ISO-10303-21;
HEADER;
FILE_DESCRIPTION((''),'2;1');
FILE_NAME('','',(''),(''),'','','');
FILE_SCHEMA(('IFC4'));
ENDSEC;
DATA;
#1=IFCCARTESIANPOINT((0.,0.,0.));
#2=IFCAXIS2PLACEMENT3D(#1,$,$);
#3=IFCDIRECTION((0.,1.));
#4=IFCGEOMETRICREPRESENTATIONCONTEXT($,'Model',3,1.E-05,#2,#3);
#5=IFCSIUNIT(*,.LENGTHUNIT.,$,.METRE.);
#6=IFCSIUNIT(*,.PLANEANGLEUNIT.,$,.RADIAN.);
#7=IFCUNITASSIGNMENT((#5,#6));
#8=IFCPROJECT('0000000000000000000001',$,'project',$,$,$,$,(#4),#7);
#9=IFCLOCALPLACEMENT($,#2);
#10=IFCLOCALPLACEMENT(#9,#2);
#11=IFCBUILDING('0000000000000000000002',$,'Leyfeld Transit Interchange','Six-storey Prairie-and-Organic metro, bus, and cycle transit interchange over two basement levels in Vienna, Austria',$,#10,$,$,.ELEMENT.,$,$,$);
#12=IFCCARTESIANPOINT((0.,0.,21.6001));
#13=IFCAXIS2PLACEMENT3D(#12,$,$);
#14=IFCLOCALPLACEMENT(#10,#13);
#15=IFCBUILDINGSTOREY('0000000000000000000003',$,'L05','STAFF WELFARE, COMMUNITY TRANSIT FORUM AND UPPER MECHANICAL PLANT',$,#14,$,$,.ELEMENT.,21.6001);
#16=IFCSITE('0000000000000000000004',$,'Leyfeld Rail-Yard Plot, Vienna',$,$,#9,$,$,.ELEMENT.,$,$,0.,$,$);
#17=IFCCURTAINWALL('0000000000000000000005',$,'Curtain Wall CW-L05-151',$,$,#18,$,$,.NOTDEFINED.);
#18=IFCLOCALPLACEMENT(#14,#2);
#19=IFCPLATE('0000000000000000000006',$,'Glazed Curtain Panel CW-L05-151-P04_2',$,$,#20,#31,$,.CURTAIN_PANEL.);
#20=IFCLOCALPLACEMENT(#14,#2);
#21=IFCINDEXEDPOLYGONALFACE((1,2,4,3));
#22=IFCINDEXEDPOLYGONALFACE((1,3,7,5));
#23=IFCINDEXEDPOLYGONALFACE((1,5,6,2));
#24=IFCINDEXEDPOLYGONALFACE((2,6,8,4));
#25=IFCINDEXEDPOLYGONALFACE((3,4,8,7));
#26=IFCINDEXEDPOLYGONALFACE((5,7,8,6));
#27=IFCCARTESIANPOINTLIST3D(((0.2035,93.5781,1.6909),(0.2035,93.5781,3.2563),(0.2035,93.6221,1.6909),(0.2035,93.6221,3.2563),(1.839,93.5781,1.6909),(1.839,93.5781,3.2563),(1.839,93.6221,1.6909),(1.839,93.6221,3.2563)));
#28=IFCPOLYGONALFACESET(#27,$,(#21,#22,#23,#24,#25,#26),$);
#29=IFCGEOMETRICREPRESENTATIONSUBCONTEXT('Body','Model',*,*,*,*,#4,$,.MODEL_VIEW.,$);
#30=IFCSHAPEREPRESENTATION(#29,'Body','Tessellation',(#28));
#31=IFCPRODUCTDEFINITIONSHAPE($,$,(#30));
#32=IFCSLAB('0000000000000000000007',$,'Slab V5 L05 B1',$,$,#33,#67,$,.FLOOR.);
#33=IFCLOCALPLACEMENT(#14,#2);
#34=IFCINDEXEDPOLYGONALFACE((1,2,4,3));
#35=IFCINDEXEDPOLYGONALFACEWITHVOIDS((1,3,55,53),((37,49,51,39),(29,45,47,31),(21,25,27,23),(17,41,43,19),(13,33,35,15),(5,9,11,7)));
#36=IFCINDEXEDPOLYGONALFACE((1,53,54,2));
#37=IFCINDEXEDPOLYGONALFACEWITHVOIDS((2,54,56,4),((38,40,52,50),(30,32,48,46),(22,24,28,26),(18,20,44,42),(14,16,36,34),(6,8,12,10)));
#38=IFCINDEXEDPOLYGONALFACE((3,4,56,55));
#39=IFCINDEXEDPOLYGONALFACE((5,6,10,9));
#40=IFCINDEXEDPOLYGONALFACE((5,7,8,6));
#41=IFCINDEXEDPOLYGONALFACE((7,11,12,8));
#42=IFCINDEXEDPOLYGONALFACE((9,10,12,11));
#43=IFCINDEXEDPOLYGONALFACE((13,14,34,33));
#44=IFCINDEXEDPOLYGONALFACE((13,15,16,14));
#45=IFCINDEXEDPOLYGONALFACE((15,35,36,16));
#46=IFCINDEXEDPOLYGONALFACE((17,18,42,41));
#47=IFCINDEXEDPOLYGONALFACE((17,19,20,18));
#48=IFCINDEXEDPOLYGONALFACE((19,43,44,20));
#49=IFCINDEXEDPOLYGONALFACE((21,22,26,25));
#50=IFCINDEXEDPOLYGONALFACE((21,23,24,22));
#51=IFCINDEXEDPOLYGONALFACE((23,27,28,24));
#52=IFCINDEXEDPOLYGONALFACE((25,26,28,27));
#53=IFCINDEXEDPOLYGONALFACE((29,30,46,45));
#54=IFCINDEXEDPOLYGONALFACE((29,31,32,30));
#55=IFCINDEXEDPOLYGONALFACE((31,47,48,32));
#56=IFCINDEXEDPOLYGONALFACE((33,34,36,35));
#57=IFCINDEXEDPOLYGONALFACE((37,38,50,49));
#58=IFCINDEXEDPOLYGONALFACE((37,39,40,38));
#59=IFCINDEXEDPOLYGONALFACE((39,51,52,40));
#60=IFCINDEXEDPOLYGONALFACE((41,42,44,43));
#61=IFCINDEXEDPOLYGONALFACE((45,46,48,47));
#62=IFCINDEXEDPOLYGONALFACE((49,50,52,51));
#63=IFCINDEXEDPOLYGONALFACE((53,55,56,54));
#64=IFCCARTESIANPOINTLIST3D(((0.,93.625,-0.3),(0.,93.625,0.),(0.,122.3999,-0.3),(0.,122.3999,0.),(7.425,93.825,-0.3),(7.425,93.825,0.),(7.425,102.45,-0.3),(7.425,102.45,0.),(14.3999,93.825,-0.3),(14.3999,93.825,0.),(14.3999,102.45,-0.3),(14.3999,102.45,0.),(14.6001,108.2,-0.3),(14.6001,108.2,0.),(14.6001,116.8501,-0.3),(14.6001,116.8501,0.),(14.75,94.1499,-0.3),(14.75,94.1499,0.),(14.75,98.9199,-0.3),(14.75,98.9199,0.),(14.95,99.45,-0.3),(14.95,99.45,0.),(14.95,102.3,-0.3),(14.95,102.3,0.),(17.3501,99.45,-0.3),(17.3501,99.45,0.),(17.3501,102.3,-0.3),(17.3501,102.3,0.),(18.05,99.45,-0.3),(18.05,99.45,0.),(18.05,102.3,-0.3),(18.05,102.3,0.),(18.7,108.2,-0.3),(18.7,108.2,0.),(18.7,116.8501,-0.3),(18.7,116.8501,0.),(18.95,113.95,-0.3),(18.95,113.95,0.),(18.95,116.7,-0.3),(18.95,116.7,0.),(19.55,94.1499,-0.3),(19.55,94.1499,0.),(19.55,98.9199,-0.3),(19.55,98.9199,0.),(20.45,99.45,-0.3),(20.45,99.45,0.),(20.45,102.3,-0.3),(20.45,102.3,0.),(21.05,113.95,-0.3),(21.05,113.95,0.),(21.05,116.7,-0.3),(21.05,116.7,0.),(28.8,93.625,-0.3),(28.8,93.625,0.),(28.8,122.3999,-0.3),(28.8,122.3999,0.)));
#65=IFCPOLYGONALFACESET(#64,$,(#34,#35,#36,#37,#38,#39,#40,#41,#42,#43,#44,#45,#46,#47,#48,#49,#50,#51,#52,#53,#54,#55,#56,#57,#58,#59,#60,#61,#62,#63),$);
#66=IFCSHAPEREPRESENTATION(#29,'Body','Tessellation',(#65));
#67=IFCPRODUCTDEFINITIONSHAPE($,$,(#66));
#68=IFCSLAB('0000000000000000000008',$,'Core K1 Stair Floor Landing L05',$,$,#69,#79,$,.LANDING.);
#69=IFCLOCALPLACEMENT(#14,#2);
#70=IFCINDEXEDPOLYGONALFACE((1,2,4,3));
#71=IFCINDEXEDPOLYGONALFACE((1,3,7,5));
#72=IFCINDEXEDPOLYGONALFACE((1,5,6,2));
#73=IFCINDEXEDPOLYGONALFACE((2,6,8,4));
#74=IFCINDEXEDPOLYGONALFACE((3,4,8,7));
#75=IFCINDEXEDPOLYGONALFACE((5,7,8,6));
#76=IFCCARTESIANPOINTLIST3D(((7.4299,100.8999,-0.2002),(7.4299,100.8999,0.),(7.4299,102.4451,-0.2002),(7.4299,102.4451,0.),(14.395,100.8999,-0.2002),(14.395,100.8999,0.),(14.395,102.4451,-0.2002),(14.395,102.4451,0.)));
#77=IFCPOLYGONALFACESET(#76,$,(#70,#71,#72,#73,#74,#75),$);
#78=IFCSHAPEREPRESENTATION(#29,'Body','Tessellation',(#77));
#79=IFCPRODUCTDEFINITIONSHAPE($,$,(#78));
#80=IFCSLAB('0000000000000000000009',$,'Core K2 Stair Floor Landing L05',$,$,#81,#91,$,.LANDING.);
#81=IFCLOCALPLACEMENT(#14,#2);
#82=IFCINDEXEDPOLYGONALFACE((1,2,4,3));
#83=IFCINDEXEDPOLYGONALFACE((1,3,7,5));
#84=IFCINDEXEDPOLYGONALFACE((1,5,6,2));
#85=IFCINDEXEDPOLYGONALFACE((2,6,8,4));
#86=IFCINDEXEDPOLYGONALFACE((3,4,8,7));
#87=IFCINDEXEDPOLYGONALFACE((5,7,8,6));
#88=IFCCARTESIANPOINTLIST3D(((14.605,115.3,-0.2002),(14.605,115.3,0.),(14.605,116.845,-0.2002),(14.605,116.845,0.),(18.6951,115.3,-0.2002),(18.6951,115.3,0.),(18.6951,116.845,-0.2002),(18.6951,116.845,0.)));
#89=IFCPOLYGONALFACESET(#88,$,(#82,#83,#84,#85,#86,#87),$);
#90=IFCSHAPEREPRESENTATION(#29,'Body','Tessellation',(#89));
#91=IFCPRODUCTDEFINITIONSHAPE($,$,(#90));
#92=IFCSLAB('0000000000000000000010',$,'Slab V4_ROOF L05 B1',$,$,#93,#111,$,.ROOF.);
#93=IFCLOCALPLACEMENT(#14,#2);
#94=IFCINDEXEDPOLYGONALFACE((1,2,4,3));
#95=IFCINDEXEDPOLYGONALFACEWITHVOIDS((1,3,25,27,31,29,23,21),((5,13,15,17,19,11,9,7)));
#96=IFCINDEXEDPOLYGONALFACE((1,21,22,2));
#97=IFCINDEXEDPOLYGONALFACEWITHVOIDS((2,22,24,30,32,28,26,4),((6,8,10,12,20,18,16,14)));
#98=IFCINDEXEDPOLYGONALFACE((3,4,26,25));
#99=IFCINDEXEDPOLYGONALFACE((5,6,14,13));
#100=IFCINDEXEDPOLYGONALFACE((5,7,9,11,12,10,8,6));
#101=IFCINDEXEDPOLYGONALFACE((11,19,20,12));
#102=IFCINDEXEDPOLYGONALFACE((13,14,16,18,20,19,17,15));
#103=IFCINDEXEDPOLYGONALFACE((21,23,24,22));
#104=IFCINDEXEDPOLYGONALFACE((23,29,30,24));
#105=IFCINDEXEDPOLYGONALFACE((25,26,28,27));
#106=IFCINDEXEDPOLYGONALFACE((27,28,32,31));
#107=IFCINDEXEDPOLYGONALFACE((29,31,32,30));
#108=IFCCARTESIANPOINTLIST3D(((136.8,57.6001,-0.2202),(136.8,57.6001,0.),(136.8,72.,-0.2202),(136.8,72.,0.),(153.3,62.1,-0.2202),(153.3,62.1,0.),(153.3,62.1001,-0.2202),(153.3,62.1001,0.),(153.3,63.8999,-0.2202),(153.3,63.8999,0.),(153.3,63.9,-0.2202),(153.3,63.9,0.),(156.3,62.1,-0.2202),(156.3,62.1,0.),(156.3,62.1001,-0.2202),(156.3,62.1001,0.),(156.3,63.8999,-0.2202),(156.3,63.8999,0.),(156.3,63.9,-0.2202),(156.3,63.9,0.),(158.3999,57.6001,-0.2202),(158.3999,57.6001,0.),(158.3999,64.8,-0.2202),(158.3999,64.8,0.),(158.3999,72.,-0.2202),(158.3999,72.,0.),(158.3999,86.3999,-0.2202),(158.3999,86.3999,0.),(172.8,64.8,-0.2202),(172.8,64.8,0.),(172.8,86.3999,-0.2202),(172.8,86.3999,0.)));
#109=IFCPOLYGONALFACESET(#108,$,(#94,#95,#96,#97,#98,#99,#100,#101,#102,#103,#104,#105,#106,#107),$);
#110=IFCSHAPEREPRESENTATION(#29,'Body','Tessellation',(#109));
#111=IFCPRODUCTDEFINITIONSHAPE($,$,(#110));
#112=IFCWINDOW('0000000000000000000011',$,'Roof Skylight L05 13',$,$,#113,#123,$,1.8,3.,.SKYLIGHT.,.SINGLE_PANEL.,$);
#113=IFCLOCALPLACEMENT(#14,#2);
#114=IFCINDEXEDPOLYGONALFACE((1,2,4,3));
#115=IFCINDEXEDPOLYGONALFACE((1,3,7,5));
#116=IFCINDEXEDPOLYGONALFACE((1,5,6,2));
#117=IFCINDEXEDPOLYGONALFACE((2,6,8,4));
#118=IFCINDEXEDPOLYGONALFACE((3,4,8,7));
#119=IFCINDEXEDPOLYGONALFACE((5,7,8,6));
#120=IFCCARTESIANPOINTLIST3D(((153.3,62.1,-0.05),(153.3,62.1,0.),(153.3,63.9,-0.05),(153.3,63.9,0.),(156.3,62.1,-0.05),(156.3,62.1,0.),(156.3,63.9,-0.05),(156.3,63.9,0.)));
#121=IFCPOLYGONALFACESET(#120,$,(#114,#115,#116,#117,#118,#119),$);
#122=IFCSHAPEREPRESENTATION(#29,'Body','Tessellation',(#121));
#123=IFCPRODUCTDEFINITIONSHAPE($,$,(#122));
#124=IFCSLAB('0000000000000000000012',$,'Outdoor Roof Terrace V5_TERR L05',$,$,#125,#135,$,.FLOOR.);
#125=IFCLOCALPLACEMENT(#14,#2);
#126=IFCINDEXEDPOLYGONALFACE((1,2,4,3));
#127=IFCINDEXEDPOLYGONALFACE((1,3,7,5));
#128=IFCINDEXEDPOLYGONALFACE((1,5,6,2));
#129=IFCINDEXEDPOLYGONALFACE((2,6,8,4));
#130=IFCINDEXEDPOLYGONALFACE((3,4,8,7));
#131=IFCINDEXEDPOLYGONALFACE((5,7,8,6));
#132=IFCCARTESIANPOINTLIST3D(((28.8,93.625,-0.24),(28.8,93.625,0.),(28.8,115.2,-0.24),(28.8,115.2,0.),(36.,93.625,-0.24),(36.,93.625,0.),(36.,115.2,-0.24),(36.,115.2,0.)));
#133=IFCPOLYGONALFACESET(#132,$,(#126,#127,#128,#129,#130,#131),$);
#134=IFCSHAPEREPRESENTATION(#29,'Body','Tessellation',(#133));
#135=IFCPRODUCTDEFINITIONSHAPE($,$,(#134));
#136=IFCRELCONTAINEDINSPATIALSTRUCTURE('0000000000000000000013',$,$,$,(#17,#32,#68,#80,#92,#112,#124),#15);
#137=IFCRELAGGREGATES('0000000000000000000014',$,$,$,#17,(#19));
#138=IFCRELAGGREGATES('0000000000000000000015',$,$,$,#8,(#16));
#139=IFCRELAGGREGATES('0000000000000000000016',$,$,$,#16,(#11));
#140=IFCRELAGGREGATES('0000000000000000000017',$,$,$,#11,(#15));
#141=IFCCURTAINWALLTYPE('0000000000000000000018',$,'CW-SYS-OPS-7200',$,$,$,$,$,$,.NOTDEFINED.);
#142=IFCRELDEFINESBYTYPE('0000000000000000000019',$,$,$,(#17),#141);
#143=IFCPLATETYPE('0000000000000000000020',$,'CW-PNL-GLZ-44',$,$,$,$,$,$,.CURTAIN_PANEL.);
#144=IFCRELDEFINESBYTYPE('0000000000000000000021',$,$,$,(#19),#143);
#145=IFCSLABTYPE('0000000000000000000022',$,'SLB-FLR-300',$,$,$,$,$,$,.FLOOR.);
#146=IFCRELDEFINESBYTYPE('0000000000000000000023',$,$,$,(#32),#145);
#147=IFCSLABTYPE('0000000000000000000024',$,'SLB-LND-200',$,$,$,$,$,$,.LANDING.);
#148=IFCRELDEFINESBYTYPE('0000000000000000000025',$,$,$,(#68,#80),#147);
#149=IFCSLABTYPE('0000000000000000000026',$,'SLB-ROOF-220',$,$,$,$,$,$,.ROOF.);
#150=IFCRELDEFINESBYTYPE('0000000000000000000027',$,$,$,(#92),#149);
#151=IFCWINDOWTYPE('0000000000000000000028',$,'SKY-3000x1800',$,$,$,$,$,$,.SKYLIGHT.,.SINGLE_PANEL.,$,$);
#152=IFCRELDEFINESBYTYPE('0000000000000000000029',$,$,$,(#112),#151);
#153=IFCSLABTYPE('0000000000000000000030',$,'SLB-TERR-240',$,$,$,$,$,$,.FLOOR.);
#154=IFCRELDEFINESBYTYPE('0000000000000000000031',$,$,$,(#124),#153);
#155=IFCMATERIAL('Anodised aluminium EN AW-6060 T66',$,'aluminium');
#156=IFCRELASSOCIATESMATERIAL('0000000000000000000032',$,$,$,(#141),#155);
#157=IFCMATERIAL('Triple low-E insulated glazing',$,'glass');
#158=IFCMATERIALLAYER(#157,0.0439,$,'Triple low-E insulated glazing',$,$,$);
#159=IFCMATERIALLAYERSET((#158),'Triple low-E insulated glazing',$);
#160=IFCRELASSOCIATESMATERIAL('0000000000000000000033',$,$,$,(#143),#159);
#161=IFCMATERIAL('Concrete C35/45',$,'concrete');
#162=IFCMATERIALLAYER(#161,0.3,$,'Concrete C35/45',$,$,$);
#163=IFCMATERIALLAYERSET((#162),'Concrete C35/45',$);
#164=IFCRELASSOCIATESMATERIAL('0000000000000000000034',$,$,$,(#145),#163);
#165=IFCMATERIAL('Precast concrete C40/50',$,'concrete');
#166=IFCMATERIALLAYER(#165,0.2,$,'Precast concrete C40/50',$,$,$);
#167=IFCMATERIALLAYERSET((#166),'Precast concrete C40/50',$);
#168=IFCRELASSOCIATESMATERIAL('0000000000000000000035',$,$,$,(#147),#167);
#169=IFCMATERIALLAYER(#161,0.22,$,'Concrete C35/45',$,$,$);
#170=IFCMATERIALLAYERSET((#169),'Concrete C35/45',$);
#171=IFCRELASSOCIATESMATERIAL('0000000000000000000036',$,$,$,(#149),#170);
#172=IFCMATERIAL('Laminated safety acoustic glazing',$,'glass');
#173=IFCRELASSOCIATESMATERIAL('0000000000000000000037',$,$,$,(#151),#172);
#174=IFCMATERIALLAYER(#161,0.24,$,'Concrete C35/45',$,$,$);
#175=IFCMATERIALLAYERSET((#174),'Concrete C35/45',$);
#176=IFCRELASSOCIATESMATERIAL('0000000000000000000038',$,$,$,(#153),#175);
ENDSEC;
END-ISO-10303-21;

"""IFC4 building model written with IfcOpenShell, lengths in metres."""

from ifc_helpers import new_model, si_unit, direction, frame, origin, origin_2d, place, context, subcontext, project, spatial, polyline, rectangle, outline, extrude, material, layer, layer_set, type_object, element, fill, aggregate, save


model = new_model("IFC4")

# Units and contexts
model_context = context("Model", 3, precision=1e-05, world=origin(), true_north=direction((0.0, 1.0)))
body_context = subcontext(model_context, "Body", "Model", "MODEL_VIEW")
ifc_project = project(units=[si_unit("LENGTHUNIT", "METRE"), si_unit("PLANEANGLEUNIT", "RADIAN")], contexts=[model_context])

# Site, building, storey
site_placement = place(None, origin())
site = spatial("IfcSite", under=ifc_project, at=site_placement, Name="Leyfeld Rail-Yard Plot, Vienna", CompositionType="ELEMENT", RefElevation=0.0)
building_placement = place(site_placement, origin())
building = spatial("IfcBuilding", under=site, at=building_placement, Name="Leyfeld Transit Interchange", Description="Six-storey Prairie-and-Organic metro, bus, and cycle transit interchange over two basement levels in Vienna, Austria", CompositionType="ELEMENT")
storey_placement = place(building_placement, frame((0.0, 0.0, 21.6001)))
storey = spatial("IfcBuildingStorey", under=building, at=storey_placement, Name="L05", Description="STAFF WELFARE, COMMUNITY TRANSIT FORUM AND UPPER MECHANICAL PLANT", CompositionType="ELEMENT", Elevation=21.6001)

# Curtain wall
ifc_material_1 = material(Name="Anodised aluminium EN AW-6060 T66", Category="aluminium")
curtain_wall_type = type_object("IfcCurtainWallType", Name="CW-SYS-OPS-7200", PredefinedType="NOTDEFINED", material=ifc_material_1)
curtain_wall_1_placement = place(storey_placement, origin())
curtain_wall_1 = element("IfcCurtainWall", 1, at=curtain_wall_1_placement, inside=storey, type_object=curtain_wall_type, Name="Curtain Wall CW-L05-151", PredefinedType="NOTDEFINED")

# Plate
ifc_material_2 = material(Name="Triple low-E insulated glazing", Category="glass")
ifc_layer_1 = layer(ifc_material_2, 0.0439, Name="Triple low-E insulated glazing")
ifc_layer_set_1 = layer_set([ifc_layer_1], Name="Triple low-E insulated glazing")
plate_type = type_object("IfcPlateType", Name="CW-PNL-GLZ-44", PredefinedType="CURTAIN_PANEL", material=ifc_layer_set_1)
plate_1_placement = place(storey_placement, frame((1.0212, 93.6001, 1.6909), z_axis=(0.0, 0.0, 1.0), x_axis=(-1.0, 0.0, 0.0)))
plate_1 = element("IfcPlate", 2, at=plate_1_placement, type_object=plate_type, Name="Glazed Curtain Panel CW-L05-151-P04_2", PredefinedType="CURTAIN_PANEL", context=body_context, shape_type="SweptSolid", body=[
    extrude(rectangle(XDim=1.6355, YDim=0.0439, at=origin_2d()), origin(), (0.0, 0.0, 1.0), 1.5654),
])
aggregate(curtain_wall_1, [plate_1])

# Slabs
ifc_material_3 = material(Name="Concrete C35/45", Category="concrete")
ifc_layer_2 = layer(ifc_material_3, 0.3, Name="Concrete C35/45")
ifc_layer_set_2 = layer_set([ifc_layer_2], Name="Concrete C35/45")
slab_type_1 = type_object("IfcSlabType", Name="SLB-FLR-300", PredefinedType="FLOOR", material=ifc_layer_set_2)
slab_1_placement = place(storey_placement, frame((0.0, 0.0, -0.3)))
element("IfcSlab", 3, at=slab_1_placement, inside=storey, type_object=slab_type_1, Name="Slab V5 L05 B1", PredefinedType="FLOOR", context=body_context, shape_type="SweptSolid", body=[
    extrude(outline(polyline([(0.0, 122.3999), (0.0, 93.625), (28.8, 93.625), (28.8, 122.3999), (0.0, 122.3999)]), holes=[polyline([(7.425, 102.45), (14.3999, 102.45), (14.3999, 93.825), (7.425, 93.825), (7.425, 102.45)]), polyline([(19.55, 98.9199), (19.55, 94.1499), (14.75, 94.1499), (14.75, 98.9199), (19.55, 98.9199)]), polyline([(17.3501, 99.45), (14.95, 99.45), (14.95, 102.3), (17.3501, 102.3), (17.3501, 99.45)]), polyline([(18.05, 99.45), (18.05, 102.3), (20.45, 102.3), (20.45, 99.45), (18.05, 99.45)]), polyline([(14.6001, 116.8501), (18.7, 116.8501), (18.7, 108.2), (14.6001, 108.2), (14.6001, 116.8501)]), polyline([(21.05, 116.7), (21.05, 113.95), (18.95, 113.95), (18.95, 116.7), (21.05, 116.7)])]), origin(), (0.0, 0.0, 1.0), 0.3),
])
ifc_material_4 = material(Name="Precast concrete C40/50", Category="concrete")
ifc_layer_3 = layer(ifc_material_4, 0.2, Name="Precast concrete C40/50")
ifc_layer_set_3 = layer_set([ifc_layer_3], Name="Precast concrete C40/50")
slab_type_2 = type_object("IfcSlabType", Name="SLB-LND-200", PredefinedType="LANDING", material=ifc_layer_set_3)
slab_2_placement = place(storey_placement, frame((0.0, 0.0, -0.2002)))
element("IfcSlab", 4, at=slab_2_placement, inside=storey, type_object=slab_type_2, Name="Core K1 Stair Floor Landing L05", PredefinedType="LANDING", context=body_context, shape_type="SweptSolid", body=[
    extrude(outline(polyline([(7.4299, 100.8999), (14.395, 100.8999), (14.395, 102.4451), (7.4299, 102.4451), (7.4299, 100.8999)])), origin(), (0.0, 0.0, 1.0), 0.2002),
])
slab_3_placement = place(storey_placement, frame((0.0, 0.0, -0.2002)))
element("IfcSlab", 5, at=slab_3_placement, inside=storey, type_object=slab_type_2, Name="Core K2 Stair Floor Landing L05", PredefinedType="LANDING", context=body_context, shape_type="SweptSolid", body=[
    extrude(outline(polyline([(14.605, 115.3), (18.6951, 115.3), (18.6951, 116.845), (14.605, 116.845), (14.605, 115.3)])), origin(), (0.0, 0.0, 1.0), 0.2002),
])

# Slab, opening, window
ifc_layer_4 = layer(ifc_material_3, 0.22, Name="Concrete C35/45")
ifc_layer_set_4 = layer_set([ifc_layer_4], Name="Concrete C35/45")
slab_type_3 = type_object("IfcSlabType", Name="SLB-ROOF-220", PredefinedType="ROOF", material=ifc_layer_set_4)
slab_4_placement = place(storey_placement, frame((0.0, 0.0, -0.2202)))
slab_4 = element("IfcSlab", 6, at=slab_4_placement, inside=storey, type_object=slab_type_3, Name="Slab V4_ROOF L05 B1", PredefinedType="ROOF", context=body_context, shape_type="SweptSolid", body=[
    extrude(outline(polyline([(158.3999, 57.6001), (158.3999, 64.8), (172.8, 64.8), (172.8, 86.3999), (158.3999, 86.3999), (158.3999, 72.0), (136.8, 72.0), (136.8, 57.6001), (158.3999, 57.6001)]), holes=[polyline([(156.3, 62.1001), (153.3, 62.1001), (153.3, 63.8999), (156.3, 63.8999), (156.3, 62.1001)])]), origin(), (0.0, 0.0, 1.0), 0.2202),
])
opening_placement = place(slab_4_placement, frame((154.8, 63.0, 0.0)))
opening = element("IfcOpeningElement", 7, at=opening_placement, cuts=slab_4, PredefinedType="OPENING", context=body_context, shape_type="SweptSolid", body=[
    extrude(rectangle(XDim=3.0, YDim=1.8, at=origin_2d()), frame((0.0, 0.0, -0.01)), (0.0, 0.0, 1.0), 0.2402),
])
ifc_material_5 = material(Name="Laminated safety acoustic glazing", Category="glass")
window_type = type_object("IfcWindowType", Name="SKY-3000x1800", PartitioningType="SINGLE_PANEL", PredefinedType="SKYLIGHT", material=ifc_material_5)
window_placement = place(opening_placement, frame((0.0, 0.0, 0.1702)))
window = element("IfcWindow", 8, at=window_placement, inside=storey, type_object=window_type, Name="Roof Skylight L05 13", OverallHeight=1.8, OverallWidth=3.0, PartitioningType="SINGLE_PANEL", PredefinedType="SKYLIGHT", context=body_context, shape_type="SweptSolid", body=[
    extrude(rectangle(XDim=3.0, YDim=1.8, at=origin_2d()), origin(), (0.0, 0.0, 1.0), 0.05),
])
fill(opening, window)

# Slab
ifc_layer_5 = layer(ifc_material_3, 0.24, Name="Concrete C35/45")
ifc_layer_set_5 = layer_set([ifc_layer_5], Name="Concrete C35/45")
slab_type_4 = type_object("IfcSlabType", Name="SLB-TERR-240", PredefinedType="FLOOR", material=ifc_layer_set_5)
slab_5_placement = place(storey_placement, frame((0.0, 0.0, -0.24)))
element("IfcSlab", 9, at=slab_5_placement, inside=storey, type_object=slab_type_4, Name="Outdoor Roof Terrace V5_TERR L05", PredefinedType="FLOOR", context=body_context, shape_type="SweptSolid", body=[
    extrude(outline(polyline([(28.8, 93.625), (36.0, 93.625), (36.0, 115.2), (28.8, 115.2), (28.8, 93.625)])), origin(), (0.0, 0.0, 1.0), 0.24),
])

save(model, "model.ifc")
